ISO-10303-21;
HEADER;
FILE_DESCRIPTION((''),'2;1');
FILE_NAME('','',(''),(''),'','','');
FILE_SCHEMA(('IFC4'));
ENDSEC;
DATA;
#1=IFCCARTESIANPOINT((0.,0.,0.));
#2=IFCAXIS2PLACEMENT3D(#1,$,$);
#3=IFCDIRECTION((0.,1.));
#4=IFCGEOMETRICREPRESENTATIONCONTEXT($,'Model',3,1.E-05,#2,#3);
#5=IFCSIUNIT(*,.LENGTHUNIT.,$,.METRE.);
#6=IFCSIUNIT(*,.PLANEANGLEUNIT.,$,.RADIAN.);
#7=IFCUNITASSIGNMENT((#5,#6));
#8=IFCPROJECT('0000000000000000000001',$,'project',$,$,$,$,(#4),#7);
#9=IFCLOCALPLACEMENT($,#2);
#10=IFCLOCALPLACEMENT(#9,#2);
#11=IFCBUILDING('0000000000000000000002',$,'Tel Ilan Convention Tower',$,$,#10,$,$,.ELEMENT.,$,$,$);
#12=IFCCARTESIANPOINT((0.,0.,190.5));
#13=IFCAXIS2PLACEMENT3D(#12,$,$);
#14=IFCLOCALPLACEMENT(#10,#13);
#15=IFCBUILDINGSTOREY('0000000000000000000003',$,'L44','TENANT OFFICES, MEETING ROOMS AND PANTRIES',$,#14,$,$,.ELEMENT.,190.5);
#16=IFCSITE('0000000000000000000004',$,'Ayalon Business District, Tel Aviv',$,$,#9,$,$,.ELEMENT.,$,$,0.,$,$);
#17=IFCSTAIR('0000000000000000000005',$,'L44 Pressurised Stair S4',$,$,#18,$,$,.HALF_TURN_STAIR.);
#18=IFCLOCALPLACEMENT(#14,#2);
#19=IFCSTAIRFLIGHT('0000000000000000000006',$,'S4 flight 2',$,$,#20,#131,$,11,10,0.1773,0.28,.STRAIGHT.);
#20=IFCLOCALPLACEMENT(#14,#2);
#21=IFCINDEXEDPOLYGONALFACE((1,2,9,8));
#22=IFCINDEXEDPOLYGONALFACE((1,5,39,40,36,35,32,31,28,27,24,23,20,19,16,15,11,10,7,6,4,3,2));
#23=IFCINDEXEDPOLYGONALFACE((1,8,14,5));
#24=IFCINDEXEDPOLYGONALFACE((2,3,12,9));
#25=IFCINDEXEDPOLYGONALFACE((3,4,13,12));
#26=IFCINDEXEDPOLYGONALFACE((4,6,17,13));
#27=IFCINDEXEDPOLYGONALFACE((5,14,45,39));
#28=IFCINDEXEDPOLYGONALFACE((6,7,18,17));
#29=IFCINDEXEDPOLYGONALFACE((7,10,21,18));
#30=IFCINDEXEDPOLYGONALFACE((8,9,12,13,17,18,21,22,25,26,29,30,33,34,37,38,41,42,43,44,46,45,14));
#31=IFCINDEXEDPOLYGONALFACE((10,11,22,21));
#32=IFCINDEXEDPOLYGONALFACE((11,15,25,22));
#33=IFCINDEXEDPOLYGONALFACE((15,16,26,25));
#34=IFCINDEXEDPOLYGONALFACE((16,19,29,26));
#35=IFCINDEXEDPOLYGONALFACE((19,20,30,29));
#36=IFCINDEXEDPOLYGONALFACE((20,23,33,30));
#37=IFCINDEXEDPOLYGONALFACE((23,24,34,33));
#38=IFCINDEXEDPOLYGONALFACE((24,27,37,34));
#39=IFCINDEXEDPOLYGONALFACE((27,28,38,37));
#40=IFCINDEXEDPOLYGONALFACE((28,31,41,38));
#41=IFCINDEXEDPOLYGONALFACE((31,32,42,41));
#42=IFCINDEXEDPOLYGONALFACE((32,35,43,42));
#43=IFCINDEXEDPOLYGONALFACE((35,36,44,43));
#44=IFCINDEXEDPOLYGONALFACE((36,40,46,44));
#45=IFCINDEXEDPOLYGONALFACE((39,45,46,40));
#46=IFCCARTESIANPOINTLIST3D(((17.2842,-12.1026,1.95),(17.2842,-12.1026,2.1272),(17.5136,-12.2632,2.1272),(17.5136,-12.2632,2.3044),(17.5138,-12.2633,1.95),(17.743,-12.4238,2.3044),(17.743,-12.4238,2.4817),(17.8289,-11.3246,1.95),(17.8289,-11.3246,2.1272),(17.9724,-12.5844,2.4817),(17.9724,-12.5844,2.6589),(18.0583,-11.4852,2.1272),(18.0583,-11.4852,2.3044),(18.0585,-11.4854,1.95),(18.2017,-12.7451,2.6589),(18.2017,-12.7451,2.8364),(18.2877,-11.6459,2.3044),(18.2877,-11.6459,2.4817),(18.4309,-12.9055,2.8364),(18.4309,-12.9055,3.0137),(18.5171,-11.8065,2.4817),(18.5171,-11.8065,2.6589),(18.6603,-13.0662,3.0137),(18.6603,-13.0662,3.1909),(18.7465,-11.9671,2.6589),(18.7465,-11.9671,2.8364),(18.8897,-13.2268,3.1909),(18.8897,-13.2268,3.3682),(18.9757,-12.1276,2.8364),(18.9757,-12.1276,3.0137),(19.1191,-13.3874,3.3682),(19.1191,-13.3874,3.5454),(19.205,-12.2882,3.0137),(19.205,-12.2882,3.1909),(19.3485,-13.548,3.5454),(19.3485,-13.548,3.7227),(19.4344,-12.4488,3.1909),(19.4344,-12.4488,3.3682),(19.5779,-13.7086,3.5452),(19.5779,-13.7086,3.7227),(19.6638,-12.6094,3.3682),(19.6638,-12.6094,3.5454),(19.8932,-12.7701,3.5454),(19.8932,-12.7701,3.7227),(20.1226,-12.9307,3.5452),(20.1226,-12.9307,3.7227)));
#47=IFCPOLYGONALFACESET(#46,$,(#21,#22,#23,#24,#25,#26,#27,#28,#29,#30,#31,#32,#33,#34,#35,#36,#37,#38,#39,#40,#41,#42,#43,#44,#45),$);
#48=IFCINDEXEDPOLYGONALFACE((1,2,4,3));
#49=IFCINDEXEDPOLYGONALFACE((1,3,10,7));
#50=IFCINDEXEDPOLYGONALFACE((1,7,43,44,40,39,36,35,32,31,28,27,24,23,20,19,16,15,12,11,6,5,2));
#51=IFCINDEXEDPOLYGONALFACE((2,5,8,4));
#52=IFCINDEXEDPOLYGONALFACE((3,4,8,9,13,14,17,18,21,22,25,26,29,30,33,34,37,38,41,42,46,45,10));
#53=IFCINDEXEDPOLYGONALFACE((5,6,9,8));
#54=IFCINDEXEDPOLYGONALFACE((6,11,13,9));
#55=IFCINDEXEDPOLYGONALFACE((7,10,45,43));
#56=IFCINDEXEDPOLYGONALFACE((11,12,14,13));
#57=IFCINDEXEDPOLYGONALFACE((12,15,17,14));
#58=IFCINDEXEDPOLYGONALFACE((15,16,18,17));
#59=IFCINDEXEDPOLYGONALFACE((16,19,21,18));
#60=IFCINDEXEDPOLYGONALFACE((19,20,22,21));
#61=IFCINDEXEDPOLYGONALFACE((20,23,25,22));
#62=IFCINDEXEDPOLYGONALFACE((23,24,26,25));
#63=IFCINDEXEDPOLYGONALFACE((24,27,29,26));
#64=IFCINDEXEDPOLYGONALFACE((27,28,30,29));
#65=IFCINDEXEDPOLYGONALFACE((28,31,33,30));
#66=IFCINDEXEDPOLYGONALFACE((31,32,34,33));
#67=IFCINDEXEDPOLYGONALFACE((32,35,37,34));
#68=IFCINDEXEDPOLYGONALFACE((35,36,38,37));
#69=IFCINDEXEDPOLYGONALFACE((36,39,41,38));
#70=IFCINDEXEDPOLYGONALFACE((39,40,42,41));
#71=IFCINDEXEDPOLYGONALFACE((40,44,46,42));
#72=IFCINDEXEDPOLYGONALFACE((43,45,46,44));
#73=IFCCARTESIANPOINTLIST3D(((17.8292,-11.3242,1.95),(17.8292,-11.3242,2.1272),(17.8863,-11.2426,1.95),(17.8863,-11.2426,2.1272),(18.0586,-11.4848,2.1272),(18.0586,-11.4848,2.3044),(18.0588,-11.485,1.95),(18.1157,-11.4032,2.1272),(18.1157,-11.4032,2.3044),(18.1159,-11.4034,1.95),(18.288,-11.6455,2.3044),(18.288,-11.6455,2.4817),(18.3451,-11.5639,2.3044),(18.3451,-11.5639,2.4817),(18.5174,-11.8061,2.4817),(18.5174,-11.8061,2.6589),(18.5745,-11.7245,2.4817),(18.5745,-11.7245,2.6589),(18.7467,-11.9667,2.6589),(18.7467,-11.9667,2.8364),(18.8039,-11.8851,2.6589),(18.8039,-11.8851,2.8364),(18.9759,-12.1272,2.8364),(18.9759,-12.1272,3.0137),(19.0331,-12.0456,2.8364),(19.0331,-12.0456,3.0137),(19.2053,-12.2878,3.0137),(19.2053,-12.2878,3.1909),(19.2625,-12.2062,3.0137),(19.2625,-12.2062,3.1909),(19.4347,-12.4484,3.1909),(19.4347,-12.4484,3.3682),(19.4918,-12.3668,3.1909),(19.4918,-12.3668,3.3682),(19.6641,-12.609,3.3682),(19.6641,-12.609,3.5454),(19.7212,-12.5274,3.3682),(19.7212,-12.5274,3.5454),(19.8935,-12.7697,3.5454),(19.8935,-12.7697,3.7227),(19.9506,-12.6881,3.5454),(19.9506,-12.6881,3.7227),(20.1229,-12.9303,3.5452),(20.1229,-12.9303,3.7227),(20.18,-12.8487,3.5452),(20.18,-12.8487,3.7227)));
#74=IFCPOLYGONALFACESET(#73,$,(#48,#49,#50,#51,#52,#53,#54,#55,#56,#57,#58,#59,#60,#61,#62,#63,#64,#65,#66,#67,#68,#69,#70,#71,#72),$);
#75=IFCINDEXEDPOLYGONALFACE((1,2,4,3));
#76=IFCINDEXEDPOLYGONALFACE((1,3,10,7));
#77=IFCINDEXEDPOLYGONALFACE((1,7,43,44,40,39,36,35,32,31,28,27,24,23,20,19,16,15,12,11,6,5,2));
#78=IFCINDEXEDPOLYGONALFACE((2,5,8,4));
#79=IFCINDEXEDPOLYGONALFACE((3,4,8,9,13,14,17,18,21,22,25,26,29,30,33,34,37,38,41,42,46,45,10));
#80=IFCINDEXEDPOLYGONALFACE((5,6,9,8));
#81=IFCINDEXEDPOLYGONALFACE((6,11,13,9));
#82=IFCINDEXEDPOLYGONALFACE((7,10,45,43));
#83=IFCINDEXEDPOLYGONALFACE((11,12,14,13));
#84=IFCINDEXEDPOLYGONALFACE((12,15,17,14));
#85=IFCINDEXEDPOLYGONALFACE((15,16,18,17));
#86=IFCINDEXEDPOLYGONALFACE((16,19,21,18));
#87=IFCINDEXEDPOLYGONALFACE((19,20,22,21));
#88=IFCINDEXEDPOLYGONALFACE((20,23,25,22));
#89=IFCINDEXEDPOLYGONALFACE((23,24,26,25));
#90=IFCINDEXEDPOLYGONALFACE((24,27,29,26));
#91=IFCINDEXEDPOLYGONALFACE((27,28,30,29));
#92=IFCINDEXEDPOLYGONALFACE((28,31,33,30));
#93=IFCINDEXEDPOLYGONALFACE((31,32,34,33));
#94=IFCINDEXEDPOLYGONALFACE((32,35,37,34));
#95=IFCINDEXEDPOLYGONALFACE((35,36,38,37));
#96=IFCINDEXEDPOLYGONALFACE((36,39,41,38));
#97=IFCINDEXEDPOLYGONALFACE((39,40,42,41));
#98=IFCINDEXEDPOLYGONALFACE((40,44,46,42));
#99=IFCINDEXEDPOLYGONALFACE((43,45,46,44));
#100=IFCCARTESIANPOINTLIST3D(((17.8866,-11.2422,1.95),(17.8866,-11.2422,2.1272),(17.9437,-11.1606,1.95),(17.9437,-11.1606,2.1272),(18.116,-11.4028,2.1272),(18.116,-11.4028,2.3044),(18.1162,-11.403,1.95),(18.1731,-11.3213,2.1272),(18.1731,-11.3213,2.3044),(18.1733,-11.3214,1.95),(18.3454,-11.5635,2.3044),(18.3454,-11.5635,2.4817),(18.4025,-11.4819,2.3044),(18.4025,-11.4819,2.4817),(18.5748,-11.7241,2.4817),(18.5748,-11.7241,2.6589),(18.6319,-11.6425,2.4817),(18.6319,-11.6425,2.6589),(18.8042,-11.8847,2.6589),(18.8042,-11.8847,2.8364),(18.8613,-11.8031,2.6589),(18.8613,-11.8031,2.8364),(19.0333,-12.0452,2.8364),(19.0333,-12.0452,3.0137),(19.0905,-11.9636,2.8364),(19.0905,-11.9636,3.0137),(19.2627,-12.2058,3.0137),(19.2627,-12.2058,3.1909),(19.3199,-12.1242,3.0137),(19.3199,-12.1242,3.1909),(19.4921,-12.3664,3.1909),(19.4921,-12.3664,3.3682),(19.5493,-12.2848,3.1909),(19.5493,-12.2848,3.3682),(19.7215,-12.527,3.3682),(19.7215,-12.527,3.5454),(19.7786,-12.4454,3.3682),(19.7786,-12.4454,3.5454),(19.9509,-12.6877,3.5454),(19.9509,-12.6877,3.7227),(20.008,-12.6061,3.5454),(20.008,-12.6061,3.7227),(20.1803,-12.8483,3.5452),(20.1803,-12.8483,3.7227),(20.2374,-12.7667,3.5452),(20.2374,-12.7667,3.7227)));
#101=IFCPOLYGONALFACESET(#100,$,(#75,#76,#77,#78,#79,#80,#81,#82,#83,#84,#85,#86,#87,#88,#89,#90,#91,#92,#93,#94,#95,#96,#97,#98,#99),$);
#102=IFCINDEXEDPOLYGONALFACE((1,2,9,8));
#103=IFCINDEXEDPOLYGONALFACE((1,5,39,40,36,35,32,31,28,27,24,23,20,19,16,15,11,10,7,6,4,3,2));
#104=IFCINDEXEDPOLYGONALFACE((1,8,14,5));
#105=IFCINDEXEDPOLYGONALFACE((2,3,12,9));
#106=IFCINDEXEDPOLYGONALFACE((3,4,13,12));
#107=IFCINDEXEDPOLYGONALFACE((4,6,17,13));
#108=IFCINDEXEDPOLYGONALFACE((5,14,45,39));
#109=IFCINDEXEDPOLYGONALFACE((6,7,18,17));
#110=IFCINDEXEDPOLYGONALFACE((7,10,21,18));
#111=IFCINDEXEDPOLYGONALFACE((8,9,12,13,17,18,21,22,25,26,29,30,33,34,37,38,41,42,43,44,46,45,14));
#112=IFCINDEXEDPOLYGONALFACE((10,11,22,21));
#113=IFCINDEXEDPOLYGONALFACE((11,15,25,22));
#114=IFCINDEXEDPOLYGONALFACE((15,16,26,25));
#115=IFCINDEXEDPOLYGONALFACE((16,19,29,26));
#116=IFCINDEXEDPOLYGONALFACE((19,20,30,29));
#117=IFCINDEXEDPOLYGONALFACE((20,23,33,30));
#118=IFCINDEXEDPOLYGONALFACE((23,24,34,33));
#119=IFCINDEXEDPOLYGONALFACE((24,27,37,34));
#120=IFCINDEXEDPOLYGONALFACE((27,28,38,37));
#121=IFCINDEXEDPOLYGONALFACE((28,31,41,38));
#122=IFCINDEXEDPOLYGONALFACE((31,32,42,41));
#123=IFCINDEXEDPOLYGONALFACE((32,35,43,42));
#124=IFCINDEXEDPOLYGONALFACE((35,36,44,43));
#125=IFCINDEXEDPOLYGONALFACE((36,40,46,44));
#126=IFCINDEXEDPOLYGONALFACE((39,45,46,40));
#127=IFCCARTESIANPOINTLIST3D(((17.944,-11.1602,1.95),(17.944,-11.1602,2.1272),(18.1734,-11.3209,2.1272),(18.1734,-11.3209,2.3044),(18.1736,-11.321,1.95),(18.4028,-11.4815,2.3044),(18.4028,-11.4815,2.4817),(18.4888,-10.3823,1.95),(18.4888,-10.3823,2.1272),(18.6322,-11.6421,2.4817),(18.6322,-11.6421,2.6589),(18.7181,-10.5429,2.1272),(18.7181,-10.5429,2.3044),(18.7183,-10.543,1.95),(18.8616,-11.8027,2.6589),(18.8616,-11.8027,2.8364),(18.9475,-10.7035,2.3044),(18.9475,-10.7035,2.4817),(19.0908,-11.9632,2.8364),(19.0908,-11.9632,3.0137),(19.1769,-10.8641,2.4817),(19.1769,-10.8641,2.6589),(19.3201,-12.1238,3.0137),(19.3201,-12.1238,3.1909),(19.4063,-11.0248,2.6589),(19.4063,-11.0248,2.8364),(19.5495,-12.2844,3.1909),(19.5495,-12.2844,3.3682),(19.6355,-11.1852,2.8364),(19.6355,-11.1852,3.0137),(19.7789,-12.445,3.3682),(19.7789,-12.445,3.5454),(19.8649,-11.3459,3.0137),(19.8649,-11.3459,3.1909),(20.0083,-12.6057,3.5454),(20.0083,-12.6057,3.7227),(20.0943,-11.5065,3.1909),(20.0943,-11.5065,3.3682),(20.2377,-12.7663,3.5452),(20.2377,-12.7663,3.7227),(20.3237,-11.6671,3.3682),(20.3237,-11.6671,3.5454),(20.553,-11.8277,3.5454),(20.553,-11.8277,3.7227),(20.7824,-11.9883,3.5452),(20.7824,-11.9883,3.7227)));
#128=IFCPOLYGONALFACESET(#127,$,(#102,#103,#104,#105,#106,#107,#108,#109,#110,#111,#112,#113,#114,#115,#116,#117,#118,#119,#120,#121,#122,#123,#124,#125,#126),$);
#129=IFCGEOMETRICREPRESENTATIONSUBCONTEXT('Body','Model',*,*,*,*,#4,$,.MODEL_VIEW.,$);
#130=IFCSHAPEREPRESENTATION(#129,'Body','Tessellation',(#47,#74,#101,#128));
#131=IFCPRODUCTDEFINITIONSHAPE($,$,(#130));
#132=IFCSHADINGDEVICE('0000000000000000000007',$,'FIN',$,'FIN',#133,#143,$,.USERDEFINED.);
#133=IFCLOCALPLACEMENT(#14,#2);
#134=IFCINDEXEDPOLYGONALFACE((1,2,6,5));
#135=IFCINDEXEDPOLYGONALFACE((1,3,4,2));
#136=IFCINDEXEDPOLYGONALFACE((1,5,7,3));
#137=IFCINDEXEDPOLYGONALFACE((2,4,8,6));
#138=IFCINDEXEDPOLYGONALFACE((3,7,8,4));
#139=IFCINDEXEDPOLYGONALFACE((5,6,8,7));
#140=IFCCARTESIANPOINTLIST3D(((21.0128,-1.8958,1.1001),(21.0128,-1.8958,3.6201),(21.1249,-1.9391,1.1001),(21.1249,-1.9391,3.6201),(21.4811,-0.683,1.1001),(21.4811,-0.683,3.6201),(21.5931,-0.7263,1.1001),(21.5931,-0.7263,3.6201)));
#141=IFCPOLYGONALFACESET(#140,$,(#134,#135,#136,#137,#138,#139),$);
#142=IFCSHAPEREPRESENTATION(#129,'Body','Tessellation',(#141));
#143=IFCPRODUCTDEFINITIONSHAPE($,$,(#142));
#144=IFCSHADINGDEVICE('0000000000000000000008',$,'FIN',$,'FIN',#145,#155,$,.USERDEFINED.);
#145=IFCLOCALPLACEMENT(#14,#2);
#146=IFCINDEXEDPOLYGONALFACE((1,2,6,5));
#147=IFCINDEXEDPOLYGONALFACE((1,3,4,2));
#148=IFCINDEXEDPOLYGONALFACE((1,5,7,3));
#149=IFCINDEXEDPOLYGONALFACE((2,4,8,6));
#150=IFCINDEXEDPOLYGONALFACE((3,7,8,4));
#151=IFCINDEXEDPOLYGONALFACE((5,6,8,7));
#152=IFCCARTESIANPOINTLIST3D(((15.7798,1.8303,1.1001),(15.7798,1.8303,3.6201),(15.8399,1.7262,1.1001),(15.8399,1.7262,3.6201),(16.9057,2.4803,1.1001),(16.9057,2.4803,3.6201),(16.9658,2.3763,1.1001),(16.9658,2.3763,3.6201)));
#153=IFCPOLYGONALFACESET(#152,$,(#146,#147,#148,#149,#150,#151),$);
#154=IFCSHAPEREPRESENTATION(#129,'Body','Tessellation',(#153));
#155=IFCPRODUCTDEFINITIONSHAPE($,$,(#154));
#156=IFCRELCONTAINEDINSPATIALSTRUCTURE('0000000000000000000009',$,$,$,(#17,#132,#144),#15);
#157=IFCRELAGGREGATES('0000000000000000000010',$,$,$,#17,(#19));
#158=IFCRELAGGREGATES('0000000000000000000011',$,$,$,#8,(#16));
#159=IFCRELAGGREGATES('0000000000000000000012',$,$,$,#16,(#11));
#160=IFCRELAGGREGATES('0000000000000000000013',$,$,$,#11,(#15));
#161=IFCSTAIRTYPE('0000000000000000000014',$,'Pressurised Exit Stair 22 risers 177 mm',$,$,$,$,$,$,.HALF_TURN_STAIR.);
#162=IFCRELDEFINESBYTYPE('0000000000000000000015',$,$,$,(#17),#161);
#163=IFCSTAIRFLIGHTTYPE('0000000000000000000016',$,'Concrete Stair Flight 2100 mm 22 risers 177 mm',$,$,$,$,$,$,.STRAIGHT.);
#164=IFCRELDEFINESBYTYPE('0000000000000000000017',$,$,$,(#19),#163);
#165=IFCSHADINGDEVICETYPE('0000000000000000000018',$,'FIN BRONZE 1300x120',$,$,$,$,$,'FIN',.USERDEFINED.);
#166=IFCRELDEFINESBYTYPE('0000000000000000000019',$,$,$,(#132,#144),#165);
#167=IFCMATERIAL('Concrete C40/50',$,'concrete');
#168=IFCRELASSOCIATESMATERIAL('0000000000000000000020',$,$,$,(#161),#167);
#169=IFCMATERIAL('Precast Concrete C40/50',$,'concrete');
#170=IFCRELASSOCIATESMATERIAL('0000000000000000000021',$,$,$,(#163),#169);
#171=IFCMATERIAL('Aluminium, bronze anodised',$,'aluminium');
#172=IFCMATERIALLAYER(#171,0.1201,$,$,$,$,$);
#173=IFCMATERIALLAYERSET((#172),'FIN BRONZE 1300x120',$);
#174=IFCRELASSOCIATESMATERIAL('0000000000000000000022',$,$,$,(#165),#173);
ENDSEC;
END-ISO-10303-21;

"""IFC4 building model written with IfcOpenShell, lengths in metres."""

from ifc_helpers import new_model, si_unit, direction, frame, origin, origin_2d, place, context, subcontext, project, spatial, polyline, rectangle, outline, extrude, material, layer, layer_set, type_object, element, aggregate, save


model = new_model("IFC4")

# Units and contexts
model_context = context("Model", 3, precision=1e-05, world=origin(), true_north=direction((0.0, 1.0)))
body_context = subcontext(model_context, "Body", "Model", "MODEL_VIEW")
ifc_project = project(units=[si_unit("LENGTHUNIT", "METRE"), si_unit("PLANEANGLEUNIT", "RADIAN")], contexts=[model_context])

# Site, building, storey
site_placement = place(None, origin())
site = spatial("IfcSite", under=ifc_project, at=site_placement, Name="Ayalon Business District, Tel Aviv", CompositionType="ELEMENT", RefElevation=0.0)
building_placement = place(site_placement, origin())
building = spatial("IfcBuilding", under=site, at=building_placement, Name="Tel Ilan Convention Tower", CompositionType="ELEMENT")
storey_placement = place(building_placement, frame((0.0, 0.0, 190.5)))
storey = spatial("IfcBuildingStorey", under=building, at=storey_placement, Name="L44", Description="TENANT OFFICES, MEETING ROOMS AND PANTRIES", CompositionType="ELEMENT", Elevation=190.5)

# Shared definitions
ifc_material_1 = material(Name="Concrete C40/50", Category="concrete")
stair_type = type_object("IfcStairType", Name="Pressurised Exit Stair 22 risers 177 mm", PredefinedType="HALF_TURN_STAIR", material=ifc_material_1)
ifc_material_2 = material(Name="Precast Concrete C40/50", Category="concrete")
stair_flight_type = type_object("IfcStairFlightType", Name="Concrete Stair Flight 2100 mm 22 risers 177 mm", PredefinedType="STRAIGHT", material=ifc_material_2)

# Stair, stair flight
stair_1_placement = place(storey_placement, origin())
stair_1 = element("IfcStair", 1, at=stair_1_placement, inside=storey, type_object=stair_type, Name="L44 Pressurised Stair S4", PredefinedType="HALF_TURN_STAIR")
stair_flight_1_placement = place(storey_placement, frame((17.8865, -11.2424, 1.95), z_axis=(0.0, 0.0, 1.0), x_axis=(0.819152, -0.573576, 0.0)))
stair_flight_1 = element("IfcStairFlight", 2, at=stair_flight_1_placement, type_object=stair_flight_type, Name="S4 flight 2", NumberOfRisers=11, NumberOfTreads=10, PredefinedType="STRAIGHT", RiserHeight=0.1773, TreadLength=0.28, context=body_context, shape_type="SweptSolid", body=[
    extrude(outline(polyline([(0.0, 0.0), (0.0, 0.1772), (0.28, 0.1772), (0.28, 0.3545), (0.5601, 0.3545), (0.5601, 0.5317), (0.8401, 0.5317), (0.8401, 0.709), (1.1201, 0.709), (1.1201, 0.8865), (1.3999, 0.8865), (1.3999, 1.0637), (1.6799, 1.0637), (1.6799, 1.241), (1.96, 1.241), (1.96, 1.4182), (2.24, 1.4182), (2.24, 1.5955), (2.52, 1.5955), (2.52, 1.7727), (2.8, 1.7727), (2.8, 1.95), (2.8, 1.5952), (0.2803, 0.0), (0.0, 0.0)])), frame((0.0, -0.1003, 0.0), z_axis=(0.0, -1.0, 0.0), x_axis=(1.0, 0.0, 0.0)), (0.0, 0.0, 1.0), 0.9497),
    extrude(outline(polyline([(0.0, 0.0), (0.0, 0.1772), (0.28, 0.1772), (0.28, 0.3545), (0.5601, 0.3545), (0.5601, 0.5317), (0.8401, 0.5317), (0.8401, 0.709), (1.1201, 0.709), (1.1201, 0.8865), (1.3999, 0.8865), (1.3999, 1.0637), (1.6799, 1.0637), (1.6799, 1.241), (1.96, 1.241), (1.96, 1.4182), (2.24, 1.4182), (2.24, 1.5955), (2.52, 1.5955), (2.52, 1.7727), (2.8, 1.7727), (2.8, 1.95), (2.8, 1.5952), (0.2803, 0.0), (0.0, 0.0)])), frame((0.0, -0.0002, 0.0), z_axis=(0.0, -1.0, 0.0), x_axis=(1.0, 0.0, 0.0)), (0.0, 0.0, 1.0), 0.0996),
    extrude(outline(polyline([(0.0, 0.0), (0.0, 0.1772), (0.28, 0.1772), (0.28, 0.3545), (0.5601, 0.3545), (0.5601, 0.5317), (0.8401, 0.5317), (0.8401, 0.709), (1.1201, 0.709), (1.1201, 0.8865), (1.3999, 0.8865), (1.3999, 1.0637), (1.6799, 1.0637), (1.6799, 1.241), (1.96, 1.241), (1.96, 1.4182), (2.24, 1.4182), (2.24, 1.5955), (2.52, 1.5955), (2.52, 1.7727), (2.8, 1.7727), (2.8, 1.95), (2.8, 1.5952), (0.2803, 0.0), (0.0, 0.0)])), frame((0.0, 0.0999, 0.0), z_axis=(0.0, -1.0, 0.0), x_axis=(1.0, 0.0, 0.0)), (0.0, 0.0, 1.0), 0.0996),
    extrude(outline(polyline([(0.0, 0.0), (0.0, 0.1772), (0.28, 0.1772), (0.28, 0.3545), (0.5601, 0.3545), (0.5601, 0.5317), (0.8401, 0.5317), (0.8401, 0.709), (1.1201, 0.709), (1.1201, 0.8865), (1.3999, 0.8865), (1.3999, 1.0637), (1.6799, 1.0637), (1.6799, 1.241), (1.96, 1.241), (1.96, 1.4182), (2.24, 1.4182), (2.24, 1.5955), (2.52, 1.5955), (2.52, 1.7727), (2.8, 1.7727), (2.8, 1.95), (2.8, 1.5952), (0.2803, 0.0), (0.0, 0.0)])), frame((0.0, 1.05, 0.0), z_axis=(0.0, -1.0, 0.0), x_axis=(1.0, 0.0, 0.0)), (0.0, 0.0, 1.0), 0.9497),
])
aggregate(stair_1, [stair_flight_1])

# Shading devices
ifc_material_3 = material(Name="Aluminium, bronze anodised", Category="aluminium")
ifc_layer_1 = layer(ifc_material_3, 0.1201)
ifc_layer_set_1 = layer_set([ifc_layer_1], Name="FIN BRONZE 1300x120")
shading_device_type = type_object("IfcShadingDeviceType", Name="FIN BRONZE 1300x120", ElementType="FIN", PredefinedType="USERDEFINED", material=ifc_layer_set_1)
for number, where, z_axis, x_axis, name in (
    (3, (21.303, -1.311, 1.1001), (0.0, 0.0, 1.0), (0.360178, 0.932884, 0.0), "FIN"),
    (4, (16.3728, 2.1033, 1.1001), (0.0, 0.0, 1.0), (0.866025, 0.5, 0.0), "FIN"),
):
    element("IfcShadingDevice", number, at=place(storey_placement, frame(where, z_axis=z_axis, x_axis=x_axis)), inside=storey, type_object=shading_device_type, Name=name, ObjectType="FIN", PredefinedType="USERDEFINED", context=body_context, shape_type="SweptSolid", body=[
        extrude(rectangle(XDim=1.3, YDim=0.1201, at=origin_2d()), origin(), (0.0, 0.0, 1.0), 2.52),
    ])

save(model, "model.ifc")
